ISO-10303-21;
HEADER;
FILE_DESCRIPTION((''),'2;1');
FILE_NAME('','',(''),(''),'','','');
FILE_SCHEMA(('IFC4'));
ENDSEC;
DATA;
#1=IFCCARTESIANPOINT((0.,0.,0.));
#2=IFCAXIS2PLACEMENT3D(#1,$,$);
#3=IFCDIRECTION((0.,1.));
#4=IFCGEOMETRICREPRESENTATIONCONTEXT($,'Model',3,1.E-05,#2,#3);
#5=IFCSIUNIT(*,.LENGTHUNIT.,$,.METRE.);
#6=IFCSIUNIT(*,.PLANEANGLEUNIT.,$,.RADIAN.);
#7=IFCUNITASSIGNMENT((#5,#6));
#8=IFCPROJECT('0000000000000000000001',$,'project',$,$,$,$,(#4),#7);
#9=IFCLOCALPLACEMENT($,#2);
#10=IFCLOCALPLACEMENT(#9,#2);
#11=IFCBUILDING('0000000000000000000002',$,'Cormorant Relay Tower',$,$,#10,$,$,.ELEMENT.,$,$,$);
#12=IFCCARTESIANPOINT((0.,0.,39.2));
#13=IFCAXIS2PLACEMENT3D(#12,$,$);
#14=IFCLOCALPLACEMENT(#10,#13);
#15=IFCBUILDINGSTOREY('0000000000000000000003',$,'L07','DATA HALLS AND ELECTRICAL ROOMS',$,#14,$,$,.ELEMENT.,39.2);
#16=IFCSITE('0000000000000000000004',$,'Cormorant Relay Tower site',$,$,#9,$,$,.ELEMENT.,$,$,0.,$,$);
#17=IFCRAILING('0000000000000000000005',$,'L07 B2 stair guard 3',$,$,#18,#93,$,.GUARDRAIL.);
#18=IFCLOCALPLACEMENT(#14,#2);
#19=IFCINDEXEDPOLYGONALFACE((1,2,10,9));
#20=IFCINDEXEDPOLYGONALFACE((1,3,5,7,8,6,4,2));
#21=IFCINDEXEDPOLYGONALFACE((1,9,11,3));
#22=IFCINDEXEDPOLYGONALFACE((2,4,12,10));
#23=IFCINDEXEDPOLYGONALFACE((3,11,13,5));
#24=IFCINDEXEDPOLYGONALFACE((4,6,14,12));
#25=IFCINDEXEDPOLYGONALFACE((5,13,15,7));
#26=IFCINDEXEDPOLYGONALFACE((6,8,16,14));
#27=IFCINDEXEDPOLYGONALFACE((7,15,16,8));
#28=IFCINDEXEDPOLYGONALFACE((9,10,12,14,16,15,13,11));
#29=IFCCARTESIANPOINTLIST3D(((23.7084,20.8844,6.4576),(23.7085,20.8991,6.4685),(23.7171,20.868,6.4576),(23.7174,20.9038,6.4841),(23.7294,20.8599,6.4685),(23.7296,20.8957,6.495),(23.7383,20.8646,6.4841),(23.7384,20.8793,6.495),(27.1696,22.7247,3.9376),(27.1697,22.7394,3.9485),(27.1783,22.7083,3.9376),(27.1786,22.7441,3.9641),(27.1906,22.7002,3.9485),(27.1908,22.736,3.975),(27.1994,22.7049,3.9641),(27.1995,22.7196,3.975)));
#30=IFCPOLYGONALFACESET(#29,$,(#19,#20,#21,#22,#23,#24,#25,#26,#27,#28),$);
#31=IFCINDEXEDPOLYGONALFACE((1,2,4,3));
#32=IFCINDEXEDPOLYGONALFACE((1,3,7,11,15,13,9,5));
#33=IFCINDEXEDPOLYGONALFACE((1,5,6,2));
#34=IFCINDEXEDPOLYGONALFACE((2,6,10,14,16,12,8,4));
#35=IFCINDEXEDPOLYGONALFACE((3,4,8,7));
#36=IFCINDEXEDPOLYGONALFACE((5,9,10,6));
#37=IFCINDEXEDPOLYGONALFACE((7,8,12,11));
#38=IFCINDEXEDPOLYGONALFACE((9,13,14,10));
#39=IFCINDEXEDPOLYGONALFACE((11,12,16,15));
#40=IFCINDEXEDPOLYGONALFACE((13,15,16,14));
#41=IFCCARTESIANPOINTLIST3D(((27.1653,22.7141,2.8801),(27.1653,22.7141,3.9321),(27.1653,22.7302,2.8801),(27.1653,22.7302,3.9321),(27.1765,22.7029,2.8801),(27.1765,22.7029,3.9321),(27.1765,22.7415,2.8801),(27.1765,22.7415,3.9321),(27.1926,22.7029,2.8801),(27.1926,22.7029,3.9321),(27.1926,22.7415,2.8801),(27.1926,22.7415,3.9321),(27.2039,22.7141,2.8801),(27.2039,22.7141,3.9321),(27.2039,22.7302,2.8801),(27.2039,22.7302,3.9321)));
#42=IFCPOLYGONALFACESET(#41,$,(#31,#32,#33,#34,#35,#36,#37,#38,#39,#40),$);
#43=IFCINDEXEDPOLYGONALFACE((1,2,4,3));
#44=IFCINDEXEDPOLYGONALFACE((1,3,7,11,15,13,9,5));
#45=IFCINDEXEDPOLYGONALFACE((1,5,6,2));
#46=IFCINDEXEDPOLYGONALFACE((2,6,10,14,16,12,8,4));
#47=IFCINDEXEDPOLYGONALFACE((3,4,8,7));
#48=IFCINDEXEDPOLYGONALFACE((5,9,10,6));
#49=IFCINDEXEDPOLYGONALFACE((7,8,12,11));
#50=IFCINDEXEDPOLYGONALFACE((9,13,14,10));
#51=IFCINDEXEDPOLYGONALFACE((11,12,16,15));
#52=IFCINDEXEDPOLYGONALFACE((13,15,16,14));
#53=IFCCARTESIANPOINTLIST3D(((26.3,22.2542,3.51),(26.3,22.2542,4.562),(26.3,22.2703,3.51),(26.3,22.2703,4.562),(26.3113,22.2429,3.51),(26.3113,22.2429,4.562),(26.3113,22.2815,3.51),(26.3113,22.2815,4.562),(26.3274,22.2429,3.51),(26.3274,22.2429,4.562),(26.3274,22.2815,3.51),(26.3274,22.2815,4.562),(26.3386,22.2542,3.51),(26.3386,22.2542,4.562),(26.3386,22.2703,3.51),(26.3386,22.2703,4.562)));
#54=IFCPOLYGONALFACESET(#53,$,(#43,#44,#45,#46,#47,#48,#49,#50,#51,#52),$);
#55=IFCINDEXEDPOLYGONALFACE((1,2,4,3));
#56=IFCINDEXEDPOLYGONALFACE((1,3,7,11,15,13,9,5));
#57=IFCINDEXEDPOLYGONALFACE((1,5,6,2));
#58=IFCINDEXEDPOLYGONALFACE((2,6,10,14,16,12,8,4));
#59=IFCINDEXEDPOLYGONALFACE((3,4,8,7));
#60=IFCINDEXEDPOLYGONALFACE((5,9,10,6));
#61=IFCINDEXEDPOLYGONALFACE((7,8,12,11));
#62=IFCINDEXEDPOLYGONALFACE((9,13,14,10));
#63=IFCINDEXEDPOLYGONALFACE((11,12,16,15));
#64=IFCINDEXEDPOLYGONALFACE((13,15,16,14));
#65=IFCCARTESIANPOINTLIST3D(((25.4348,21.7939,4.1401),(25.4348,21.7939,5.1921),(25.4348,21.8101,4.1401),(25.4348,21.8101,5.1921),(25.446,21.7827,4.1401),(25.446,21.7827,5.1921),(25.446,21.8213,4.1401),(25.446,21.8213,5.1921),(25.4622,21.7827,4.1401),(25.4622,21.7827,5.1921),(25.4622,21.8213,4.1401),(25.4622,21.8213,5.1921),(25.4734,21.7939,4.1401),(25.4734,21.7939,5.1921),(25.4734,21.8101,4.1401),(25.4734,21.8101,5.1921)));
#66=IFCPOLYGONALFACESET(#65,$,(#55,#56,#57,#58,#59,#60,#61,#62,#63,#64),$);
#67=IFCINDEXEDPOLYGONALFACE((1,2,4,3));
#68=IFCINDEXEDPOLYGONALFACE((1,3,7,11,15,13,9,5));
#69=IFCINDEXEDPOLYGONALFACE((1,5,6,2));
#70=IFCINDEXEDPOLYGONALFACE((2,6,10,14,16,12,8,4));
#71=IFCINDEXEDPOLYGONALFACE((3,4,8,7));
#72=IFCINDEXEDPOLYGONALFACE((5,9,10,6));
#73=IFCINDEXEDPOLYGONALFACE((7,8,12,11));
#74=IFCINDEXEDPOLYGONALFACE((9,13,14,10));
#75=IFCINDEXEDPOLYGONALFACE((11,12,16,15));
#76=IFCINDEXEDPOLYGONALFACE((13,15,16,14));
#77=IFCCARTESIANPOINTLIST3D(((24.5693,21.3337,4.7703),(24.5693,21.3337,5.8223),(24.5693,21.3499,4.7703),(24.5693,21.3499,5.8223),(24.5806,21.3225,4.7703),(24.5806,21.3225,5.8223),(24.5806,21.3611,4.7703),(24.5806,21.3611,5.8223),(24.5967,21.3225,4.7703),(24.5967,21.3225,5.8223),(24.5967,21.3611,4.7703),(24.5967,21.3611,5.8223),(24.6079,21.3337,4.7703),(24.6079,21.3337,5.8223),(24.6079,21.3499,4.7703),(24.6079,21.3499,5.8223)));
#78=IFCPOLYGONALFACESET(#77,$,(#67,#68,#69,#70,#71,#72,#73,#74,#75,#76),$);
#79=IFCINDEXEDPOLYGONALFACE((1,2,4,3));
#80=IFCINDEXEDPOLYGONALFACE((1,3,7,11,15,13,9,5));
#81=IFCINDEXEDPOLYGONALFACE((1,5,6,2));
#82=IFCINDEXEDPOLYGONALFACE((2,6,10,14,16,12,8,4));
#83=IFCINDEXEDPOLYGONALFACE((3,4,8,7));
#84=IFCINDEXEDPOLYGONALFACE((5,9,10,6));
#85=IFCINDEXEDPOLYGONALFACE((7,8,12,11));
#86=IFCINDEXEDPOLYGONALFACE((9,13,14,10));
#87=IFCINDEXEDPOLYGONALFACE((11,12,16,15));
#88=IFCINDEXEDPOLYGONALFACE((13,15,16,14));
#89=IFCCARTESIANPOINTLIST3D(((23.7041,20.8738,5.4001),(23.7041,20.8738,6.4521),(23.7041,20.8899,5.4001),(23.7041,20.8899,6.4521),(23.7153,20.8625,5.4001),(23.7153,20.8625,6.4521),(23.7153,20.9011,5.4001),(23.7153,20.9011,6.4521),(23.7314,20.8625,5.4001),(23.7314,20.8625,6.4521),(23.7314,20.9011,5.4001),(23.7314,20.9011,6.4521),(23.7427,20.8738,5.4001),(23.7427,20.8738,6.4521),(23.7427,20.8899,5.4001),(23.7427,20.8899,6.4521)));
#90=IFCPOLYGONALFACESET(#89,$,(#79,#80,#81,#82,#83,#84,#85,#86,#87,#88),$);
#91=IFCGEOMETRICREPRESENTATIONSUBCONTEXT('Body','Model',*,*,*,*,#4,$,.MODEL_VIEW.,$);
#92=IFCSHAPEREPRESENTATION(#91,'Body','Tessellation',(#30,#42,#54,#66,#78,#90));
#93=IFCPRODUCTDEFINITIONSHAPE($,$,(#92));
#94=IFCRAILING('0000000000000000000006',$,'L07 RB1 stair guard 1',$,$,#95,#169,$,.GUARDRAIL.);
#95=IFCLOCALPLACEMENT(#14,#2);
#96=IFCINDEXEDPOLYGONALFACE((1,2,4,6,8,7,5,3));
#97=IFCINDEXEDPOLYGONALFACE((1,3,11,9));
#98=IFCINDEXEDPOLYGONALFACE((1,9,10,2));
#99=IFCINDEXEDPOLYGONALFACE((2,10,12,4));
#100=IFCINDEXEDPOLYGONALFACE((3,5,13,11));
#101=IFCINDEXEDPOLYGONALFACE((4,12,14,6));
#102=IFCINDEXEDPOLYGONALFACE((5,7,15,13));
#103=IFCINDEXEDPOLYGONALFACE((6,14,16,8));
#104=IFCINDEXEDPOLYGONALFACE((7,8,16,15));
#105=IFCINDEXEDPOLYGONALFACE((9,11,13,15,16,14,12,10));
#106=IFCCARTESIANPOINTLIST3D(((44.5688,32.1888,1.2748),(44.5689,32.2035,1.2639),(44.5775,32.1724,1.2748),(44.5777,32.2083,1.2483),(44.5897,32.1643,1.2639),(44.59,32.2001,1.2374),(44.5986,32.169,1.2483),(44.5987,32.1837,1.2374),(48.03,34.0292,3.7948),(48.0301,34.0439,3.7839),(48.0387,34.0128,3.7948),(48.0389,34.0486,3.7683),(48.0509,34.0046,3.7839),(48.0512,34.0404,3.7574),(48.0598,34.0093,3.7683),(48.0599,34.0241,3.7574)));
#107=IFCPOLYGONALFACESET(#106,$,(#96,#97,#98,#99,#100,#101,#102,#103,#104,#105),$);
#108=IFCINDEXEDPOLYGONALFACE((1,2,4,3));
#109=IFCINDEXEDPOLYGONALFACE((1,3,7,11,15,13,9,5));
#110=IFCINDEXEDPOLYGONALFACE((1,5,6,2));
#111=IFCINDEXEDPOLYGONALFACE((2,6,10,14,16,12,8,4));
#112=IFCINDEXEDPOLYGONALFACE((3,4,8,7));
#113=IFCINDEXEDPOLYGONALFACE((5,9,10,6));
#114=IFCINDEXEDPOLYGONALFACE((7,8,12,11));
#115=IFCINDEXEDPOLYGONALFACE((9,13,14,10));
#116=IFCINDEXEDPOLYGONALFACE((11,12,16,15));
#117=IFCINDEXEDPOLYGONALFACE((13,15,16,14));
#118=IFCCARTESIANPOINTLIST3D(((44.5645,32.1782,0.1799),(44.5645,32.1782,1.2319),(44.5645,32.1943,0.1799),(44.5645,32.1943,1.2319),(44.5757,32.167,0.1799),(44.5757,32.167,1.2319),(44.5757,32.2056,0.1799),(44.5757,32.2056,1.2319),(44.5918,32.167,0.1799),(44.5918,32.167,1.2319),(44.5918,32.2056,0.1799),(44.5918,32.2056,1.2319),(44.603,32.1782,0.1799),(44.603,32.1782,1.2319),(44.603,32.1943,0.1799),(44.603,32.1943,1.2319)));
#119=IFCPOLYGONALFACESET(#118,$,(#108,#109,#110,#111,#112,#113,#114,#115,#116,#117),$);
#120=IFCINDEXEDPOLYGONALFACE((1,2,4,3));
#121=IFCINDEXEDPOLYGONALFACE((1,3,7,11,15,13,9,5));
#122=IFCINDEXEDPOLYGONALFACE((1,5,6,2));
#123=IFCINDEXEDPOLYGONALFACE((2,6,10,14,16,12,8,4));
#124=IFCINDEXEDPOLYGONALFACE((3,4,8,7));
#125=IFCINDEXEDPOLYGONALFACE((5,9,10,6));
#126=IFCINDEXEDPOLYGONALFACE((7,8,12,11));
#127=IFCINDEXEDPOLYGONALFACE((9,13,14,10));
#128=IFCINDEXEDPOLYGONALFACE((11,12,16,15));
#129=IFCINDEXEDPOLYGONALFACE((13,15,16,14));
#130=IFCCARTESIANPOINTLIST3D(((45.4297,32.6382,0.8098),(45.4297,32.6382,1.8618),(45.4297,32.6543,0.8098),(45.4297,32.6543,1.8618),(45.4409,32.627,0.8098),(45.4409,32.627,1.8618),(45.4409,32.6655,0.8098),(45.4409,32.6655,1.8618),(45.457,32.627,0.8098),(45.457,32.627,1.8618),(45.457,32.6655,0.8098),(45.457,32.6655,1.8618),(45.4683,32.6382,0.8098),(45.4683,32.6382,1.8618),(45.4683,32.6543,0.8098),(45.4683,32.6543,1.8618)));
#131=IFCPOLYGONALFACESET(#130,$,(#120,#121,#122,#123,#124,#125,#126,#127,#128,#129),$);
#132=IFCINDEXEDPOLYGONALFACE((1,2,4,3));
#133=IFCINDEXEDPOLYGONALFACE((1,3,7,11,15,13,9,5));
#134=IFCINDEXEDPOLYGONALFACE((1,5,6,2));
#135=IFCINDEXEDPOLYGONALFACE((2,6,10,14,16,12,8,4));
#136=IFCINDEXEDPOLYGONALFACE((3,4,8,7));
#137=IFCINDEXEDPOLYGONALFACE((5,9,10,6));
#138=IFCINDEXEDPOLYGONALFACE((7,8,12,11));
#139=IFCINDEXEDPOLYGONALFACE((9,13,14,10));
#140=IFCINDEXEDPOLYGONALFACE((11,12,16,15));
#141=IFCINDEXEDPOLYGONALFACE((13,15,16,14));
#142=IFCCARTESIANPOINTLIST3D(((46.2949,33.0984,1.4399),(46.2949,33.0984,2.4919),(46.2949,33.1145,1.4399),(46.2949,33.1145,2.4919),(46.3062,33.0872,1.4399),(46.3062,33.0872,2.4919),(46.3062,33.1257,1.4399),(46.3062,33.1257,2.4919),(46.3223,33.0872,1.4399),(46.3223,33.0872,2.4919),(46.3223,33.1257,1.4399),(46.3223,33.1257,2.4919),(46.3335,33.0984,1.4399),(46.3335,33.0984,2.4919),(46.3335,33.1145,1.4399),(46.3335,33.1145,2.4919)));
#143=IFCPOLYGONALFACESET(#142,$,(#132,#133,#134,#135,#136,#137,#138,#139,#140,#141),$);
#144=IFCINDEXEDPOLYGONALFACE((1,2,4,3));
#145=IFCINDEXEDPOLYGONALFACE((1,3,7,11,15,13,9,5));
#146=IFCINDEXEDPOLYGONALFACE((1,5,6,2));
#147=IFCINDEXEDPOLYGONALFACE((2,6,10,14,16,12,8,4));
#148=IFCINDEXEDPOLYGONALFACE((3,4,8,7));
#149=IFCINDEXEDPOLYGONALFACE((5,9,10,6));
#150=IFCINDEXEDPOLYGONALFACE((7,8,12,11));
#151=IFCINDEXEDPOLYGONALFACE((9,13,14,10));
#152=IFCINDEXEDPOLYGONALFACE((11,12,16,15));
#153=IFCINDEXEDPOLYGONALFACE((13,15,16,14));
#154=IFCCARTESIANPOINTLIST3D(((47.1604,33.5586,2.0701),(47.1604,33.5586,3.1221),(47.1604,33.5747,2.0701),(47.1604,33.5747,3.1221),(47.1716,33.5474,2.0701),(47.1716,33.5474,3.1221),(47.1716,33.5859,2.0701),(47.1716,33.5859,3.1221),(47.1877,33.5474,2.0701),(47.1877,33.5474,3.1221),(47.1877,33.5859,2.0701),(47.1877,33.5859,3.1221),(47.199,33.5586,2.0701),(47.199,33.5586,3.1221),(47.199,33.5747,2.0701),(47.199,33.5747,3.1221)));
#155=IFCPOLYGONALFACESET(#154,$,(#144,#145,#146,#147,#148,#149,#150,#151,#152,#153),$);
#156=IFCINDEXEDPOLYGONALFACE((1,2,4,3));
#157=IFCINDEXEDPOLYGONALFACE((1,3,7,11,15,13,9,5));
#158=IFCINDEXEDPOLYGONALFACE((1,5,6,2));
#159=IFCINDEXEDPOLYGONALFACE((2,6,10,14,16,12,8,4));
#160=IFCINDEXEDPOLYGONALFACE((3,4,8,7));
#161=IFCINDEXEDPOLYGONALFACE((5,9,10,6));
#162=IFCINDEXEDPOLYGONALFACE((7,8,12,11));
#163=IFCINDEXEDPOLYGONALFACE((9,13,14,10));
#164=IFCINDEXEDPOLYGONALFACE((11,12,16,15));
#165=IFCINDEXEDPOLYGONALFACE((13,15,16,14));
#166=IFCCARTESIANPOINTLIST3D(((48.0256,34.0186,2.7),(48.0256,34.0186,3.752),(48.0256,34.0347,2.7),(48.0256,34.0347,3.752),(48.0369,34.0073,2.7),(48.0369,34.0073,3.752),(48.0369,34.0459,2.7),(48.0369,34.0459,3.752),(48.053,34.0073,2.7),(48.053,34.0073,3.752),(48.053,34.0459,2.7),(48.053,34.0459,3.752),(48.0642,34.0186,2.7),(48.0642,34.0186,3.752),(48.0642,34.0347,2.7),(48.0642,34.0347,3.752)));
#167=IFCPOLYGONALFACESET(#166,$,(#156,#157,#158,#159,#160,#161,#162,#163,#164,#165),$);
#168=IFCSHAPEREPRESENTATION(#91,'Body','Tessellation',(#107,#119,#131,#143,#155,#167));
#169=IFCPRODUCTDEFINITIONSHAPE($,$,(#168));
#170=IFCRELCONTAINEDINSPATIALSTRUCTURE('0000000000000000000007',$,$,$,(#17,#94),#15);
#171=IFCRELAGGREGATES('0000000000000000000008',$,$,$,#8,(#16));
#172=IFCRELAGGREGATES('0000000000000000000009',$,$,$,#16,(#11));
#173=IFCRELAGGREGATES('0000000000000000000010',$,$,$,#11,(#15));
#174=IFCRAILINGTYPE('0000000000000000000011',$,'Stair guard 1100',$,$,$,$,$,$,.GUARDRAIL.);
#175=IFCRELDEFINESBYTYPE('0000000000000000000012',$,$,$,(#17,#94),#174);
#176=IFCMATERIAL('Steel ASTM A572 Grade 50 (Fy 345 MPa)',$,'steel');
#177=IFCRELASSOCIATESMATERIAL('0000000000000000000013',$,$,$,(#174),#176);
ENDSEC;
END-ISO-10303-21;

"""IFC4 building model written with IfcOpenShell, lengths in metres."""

from ifc_helpers import new_model, si_unit, direction, frame, origin, place, context, subcontext, project, spatial, polyline, outline, extrude, material, type_object, element, save


model = new_model("IFC4")

# Units and contexts
model_context = context("Model", 3, precision=1e-05, world=origin(), true_north=direction((0.0, 1.0)))
body_context = subcontext(model_context, "Body", "Model", "MODEL_VIEW")
ifc_project = project(units=[si_unit("LENGTHUNIT", "METRE"), si_unit("PLANEANGLEUNIT", "RADIAN")], contexts=[model_context])

# Site, building, storey
site_placement = place(None, origin())
site = spatial("IfcSite", under=ifc_project, at=site_placement, Name="Cormorant Relay Tower site", CompositionType="ELEMENT", RefElevation=0.0)
building_placement = place(site_placement, origin())
building = spatial("IfcBuilding", under=site, at=building_placement, Name="Cormorant Relay Tower", CompositionType="ELEMENT")
storey_placement = place(building_placement, frame((0.0, 0.0, 39.2)))
storey = spatial("IfcBuildingStorey", under=building, at=storey_placement, Name="L07", Description="DATA HALLS AND ELECTRICAL ROOMS", CompositionType="ELEMENT", Elevation=39.2)

# Railings
ifc_material_1 = material(Name="Steel ASTM A572 Grade 50 (Fy 345 MPa)", Category="steel")
railing_type = type_object("IfcRailingType", Name="Stair guard 1100", PredefinedType="GUARDRAIL", material=ifc_material_1)
railing_1_placement = place(storey_placement, frame((27.1846, 22.7222, 2.8801)))
element("IfcRailing", 1, at=railing_1_placement, inside=storey, type_object=railing_type, Name="L07 B2 stair guard 3", PredefinedType="GUARDRAIL", context=body_context, shape_type="SweptSolid", body=[
    extrude(outline(polyline([(0.0222, 0.0093), (0.0093, 0.0222), (-0.0093, 0.0222), (-0.0222, 0.0093), (-0.0222, -0.0093), (-0.0093, -0.0222), (0.0093, -0.0222), (0.0222, -0.0093), (0.0222, 0.0093)])), frame((0.0, 0.0, 1.0762), z_axis=(-0.742717, -0.394907, 0.540758), x_axis=(0.469469, -0.882949, 0.0)), (0.0, 0.0, 1.0), 4.6602),
    extrude(outline(polyline([(0.0193, 0.0081), (0.0081, 0.0193), (-0.0081, 0.0193), (-0.0193, 0.0081), (-0.0193, -0.0081), (-0.0081, -0.0193), (0.0081, -0.0193), (0.0193, -0.0081), (0.0193, 0.0081)])), origin(), (0.0, 0.0, 1.0), 1.052),
    extrude(outline(polyline([(0.0193, 0.0081), (0.0081, 0.0193), (-0.0081, 0.0193), (-0.0193, 0.0081), (-0.0193, -0.0081), (-0.0081, -0.0193), (0.0081, -0.0193), (0.0193, -0.0081), (0.0193, 0.0081)])), frame((-0.8652, -0.46, 0.6299)), (0.0, 0.0, 1.0), 1.052),
    extrude(outline(polyline([(0.0193, 0.0081), (0.0081, 0.0193), (-0.0081, 0.0193), (-0.0193, 0.0081), (-0.0193, -0.0081), (-0.0081, -0.0193), (0.0081, -0.0193), (0.0193, -0.0081), (0.0193, 0.0081)])), frame((-1.7305, -0.9202, 1.26)), (0.0, 0.0, 1.0), 1.052),
    extrude(outline(polyline([(0.0193, 0.0081), (0.0081, 0.0193), (-0.0081, 0.0193), (-0.0193, 0.0081), (-0.0193, -0.0081), (-0.0081, -0.0193), (0.0081, -0.0193), (0.0193, -0.0081), (0.0193, 0.0081)])), frame((-2.5959, -1.3804, 1.8901)), (0.0, 0.0, 1.0), 1.052),
    extrude(outline(polyline([(0.0193, 0.0081), (0.0081, 0.0193), (-0.0081, 0.0193), (-0.0193, 0.0081), (-0.0193, -0.0081), (-0.0081, -0.0193), (0.0081, -0.0193), (0.0193, -0.0081), (0.0193, 0.0081)])), frame((-3.4612, -1.8403, 2.52)), (0.0, 0.0, 1.0), 1.052),
])
railing_2_placement = place(storey_placement, frame((44.5837, 32.1863, 0.1799)))
element("IfcRailing", 2, at=railing_2_placement, inside=storey, type_object=railing_type, Name="L07 RB1 stair guard 1", PredefinedType="GUARDRAIL", context=body_context, shape_type="SweptSolid", body=[
    extrude(outline(polyline([(0.0222, 0.0093), (0.0093, 0.0222), (-0.0093, 0.0222), (-0.0222, 0.0093), (-0.0222, -0.0093), (-0.0093, -0.0222), (0.0093, -0.0222), (0.0222, -0.0093), (0.0222, 0.0093)])), frame((0.0, 0.0, 1.0762), z_axis=(0.742717, 0.394907, 0.540758), x_axis=(-0.469469, 0.882949, 0.0)), (0.0, 0.0, 1.0), 4.6602),
    extrude(outline(polyline([(0.0193, 0.0081), (0.0081, 0.0193), (-0.0081, 0.0193), (-0.0193, 0.0081), (-0.0193, -0.0081), (-0.0081, -0.0193), (0.0081, -0.0193), (0.0193, -0.0081), (0.0193, 0.0081)])), origin(), (0.0, 0.0, 1.0), 1.052),
    extrude(outline(polyline([(0.0193, 0.0081), (0.0081, 0.0193), (-0.0081, 0.0193), (-0.0193, 0.0081), (-0.0193, -0.0081), (-0.0081, -0.0193), (0.0081, -0.0193), (0.0193, -0.0081), (0.0193, 0.0081)])), frame((0.8652, 0.46, 0.6299)), (0.0, 0.0, 1.0), 1.052),
    extrude(outline(polyline([(0.0193, 0.0081), (0.0081, 0.0193), (-0.0081, 0.0193), (-0.0193, 0.0081), (-0.0193, -0.0081), (-0.0081, -0.0193), (0.0081, -0.0193), (0.0193, -0.0081), (0.0193, 0.0081)])), frame((1.7305, 0.9202, 1.26)), (0.0, 0.0, 1.0), 1.052),
    extrude(outline(polyline([(0.0193, 0.0081), (0.0081, 0.0193), (-0.0081, 0.0193), (-0.0193, 0.0081), (-0.0193, -0.0081), (-0.0081, -0.0193), (0.0081, -0.0193), (0.0193, -0.0081), (0.0193, 0.0081)])), frame((2.5959, 1.3804, 1.8901)), (0.0, 0.0, 1.0), 1.052),
    extrude(outline(polyline([(0.0193, 0.0081), (0.0081, 0.0193), (-0.0081, 0.0193), (-0.0193, 0.0081), (-0.0193, -0.0081), (-0.0081, -0.0193), (0.0081, -0.0193), (0.0193, -0.0081), (0.0193, 0.0081)])), frame((3.4612, 1.8403, 2.52)), (0.0, 0.0, 1.0), 1.052),
])

save(model, "model.ifc")
